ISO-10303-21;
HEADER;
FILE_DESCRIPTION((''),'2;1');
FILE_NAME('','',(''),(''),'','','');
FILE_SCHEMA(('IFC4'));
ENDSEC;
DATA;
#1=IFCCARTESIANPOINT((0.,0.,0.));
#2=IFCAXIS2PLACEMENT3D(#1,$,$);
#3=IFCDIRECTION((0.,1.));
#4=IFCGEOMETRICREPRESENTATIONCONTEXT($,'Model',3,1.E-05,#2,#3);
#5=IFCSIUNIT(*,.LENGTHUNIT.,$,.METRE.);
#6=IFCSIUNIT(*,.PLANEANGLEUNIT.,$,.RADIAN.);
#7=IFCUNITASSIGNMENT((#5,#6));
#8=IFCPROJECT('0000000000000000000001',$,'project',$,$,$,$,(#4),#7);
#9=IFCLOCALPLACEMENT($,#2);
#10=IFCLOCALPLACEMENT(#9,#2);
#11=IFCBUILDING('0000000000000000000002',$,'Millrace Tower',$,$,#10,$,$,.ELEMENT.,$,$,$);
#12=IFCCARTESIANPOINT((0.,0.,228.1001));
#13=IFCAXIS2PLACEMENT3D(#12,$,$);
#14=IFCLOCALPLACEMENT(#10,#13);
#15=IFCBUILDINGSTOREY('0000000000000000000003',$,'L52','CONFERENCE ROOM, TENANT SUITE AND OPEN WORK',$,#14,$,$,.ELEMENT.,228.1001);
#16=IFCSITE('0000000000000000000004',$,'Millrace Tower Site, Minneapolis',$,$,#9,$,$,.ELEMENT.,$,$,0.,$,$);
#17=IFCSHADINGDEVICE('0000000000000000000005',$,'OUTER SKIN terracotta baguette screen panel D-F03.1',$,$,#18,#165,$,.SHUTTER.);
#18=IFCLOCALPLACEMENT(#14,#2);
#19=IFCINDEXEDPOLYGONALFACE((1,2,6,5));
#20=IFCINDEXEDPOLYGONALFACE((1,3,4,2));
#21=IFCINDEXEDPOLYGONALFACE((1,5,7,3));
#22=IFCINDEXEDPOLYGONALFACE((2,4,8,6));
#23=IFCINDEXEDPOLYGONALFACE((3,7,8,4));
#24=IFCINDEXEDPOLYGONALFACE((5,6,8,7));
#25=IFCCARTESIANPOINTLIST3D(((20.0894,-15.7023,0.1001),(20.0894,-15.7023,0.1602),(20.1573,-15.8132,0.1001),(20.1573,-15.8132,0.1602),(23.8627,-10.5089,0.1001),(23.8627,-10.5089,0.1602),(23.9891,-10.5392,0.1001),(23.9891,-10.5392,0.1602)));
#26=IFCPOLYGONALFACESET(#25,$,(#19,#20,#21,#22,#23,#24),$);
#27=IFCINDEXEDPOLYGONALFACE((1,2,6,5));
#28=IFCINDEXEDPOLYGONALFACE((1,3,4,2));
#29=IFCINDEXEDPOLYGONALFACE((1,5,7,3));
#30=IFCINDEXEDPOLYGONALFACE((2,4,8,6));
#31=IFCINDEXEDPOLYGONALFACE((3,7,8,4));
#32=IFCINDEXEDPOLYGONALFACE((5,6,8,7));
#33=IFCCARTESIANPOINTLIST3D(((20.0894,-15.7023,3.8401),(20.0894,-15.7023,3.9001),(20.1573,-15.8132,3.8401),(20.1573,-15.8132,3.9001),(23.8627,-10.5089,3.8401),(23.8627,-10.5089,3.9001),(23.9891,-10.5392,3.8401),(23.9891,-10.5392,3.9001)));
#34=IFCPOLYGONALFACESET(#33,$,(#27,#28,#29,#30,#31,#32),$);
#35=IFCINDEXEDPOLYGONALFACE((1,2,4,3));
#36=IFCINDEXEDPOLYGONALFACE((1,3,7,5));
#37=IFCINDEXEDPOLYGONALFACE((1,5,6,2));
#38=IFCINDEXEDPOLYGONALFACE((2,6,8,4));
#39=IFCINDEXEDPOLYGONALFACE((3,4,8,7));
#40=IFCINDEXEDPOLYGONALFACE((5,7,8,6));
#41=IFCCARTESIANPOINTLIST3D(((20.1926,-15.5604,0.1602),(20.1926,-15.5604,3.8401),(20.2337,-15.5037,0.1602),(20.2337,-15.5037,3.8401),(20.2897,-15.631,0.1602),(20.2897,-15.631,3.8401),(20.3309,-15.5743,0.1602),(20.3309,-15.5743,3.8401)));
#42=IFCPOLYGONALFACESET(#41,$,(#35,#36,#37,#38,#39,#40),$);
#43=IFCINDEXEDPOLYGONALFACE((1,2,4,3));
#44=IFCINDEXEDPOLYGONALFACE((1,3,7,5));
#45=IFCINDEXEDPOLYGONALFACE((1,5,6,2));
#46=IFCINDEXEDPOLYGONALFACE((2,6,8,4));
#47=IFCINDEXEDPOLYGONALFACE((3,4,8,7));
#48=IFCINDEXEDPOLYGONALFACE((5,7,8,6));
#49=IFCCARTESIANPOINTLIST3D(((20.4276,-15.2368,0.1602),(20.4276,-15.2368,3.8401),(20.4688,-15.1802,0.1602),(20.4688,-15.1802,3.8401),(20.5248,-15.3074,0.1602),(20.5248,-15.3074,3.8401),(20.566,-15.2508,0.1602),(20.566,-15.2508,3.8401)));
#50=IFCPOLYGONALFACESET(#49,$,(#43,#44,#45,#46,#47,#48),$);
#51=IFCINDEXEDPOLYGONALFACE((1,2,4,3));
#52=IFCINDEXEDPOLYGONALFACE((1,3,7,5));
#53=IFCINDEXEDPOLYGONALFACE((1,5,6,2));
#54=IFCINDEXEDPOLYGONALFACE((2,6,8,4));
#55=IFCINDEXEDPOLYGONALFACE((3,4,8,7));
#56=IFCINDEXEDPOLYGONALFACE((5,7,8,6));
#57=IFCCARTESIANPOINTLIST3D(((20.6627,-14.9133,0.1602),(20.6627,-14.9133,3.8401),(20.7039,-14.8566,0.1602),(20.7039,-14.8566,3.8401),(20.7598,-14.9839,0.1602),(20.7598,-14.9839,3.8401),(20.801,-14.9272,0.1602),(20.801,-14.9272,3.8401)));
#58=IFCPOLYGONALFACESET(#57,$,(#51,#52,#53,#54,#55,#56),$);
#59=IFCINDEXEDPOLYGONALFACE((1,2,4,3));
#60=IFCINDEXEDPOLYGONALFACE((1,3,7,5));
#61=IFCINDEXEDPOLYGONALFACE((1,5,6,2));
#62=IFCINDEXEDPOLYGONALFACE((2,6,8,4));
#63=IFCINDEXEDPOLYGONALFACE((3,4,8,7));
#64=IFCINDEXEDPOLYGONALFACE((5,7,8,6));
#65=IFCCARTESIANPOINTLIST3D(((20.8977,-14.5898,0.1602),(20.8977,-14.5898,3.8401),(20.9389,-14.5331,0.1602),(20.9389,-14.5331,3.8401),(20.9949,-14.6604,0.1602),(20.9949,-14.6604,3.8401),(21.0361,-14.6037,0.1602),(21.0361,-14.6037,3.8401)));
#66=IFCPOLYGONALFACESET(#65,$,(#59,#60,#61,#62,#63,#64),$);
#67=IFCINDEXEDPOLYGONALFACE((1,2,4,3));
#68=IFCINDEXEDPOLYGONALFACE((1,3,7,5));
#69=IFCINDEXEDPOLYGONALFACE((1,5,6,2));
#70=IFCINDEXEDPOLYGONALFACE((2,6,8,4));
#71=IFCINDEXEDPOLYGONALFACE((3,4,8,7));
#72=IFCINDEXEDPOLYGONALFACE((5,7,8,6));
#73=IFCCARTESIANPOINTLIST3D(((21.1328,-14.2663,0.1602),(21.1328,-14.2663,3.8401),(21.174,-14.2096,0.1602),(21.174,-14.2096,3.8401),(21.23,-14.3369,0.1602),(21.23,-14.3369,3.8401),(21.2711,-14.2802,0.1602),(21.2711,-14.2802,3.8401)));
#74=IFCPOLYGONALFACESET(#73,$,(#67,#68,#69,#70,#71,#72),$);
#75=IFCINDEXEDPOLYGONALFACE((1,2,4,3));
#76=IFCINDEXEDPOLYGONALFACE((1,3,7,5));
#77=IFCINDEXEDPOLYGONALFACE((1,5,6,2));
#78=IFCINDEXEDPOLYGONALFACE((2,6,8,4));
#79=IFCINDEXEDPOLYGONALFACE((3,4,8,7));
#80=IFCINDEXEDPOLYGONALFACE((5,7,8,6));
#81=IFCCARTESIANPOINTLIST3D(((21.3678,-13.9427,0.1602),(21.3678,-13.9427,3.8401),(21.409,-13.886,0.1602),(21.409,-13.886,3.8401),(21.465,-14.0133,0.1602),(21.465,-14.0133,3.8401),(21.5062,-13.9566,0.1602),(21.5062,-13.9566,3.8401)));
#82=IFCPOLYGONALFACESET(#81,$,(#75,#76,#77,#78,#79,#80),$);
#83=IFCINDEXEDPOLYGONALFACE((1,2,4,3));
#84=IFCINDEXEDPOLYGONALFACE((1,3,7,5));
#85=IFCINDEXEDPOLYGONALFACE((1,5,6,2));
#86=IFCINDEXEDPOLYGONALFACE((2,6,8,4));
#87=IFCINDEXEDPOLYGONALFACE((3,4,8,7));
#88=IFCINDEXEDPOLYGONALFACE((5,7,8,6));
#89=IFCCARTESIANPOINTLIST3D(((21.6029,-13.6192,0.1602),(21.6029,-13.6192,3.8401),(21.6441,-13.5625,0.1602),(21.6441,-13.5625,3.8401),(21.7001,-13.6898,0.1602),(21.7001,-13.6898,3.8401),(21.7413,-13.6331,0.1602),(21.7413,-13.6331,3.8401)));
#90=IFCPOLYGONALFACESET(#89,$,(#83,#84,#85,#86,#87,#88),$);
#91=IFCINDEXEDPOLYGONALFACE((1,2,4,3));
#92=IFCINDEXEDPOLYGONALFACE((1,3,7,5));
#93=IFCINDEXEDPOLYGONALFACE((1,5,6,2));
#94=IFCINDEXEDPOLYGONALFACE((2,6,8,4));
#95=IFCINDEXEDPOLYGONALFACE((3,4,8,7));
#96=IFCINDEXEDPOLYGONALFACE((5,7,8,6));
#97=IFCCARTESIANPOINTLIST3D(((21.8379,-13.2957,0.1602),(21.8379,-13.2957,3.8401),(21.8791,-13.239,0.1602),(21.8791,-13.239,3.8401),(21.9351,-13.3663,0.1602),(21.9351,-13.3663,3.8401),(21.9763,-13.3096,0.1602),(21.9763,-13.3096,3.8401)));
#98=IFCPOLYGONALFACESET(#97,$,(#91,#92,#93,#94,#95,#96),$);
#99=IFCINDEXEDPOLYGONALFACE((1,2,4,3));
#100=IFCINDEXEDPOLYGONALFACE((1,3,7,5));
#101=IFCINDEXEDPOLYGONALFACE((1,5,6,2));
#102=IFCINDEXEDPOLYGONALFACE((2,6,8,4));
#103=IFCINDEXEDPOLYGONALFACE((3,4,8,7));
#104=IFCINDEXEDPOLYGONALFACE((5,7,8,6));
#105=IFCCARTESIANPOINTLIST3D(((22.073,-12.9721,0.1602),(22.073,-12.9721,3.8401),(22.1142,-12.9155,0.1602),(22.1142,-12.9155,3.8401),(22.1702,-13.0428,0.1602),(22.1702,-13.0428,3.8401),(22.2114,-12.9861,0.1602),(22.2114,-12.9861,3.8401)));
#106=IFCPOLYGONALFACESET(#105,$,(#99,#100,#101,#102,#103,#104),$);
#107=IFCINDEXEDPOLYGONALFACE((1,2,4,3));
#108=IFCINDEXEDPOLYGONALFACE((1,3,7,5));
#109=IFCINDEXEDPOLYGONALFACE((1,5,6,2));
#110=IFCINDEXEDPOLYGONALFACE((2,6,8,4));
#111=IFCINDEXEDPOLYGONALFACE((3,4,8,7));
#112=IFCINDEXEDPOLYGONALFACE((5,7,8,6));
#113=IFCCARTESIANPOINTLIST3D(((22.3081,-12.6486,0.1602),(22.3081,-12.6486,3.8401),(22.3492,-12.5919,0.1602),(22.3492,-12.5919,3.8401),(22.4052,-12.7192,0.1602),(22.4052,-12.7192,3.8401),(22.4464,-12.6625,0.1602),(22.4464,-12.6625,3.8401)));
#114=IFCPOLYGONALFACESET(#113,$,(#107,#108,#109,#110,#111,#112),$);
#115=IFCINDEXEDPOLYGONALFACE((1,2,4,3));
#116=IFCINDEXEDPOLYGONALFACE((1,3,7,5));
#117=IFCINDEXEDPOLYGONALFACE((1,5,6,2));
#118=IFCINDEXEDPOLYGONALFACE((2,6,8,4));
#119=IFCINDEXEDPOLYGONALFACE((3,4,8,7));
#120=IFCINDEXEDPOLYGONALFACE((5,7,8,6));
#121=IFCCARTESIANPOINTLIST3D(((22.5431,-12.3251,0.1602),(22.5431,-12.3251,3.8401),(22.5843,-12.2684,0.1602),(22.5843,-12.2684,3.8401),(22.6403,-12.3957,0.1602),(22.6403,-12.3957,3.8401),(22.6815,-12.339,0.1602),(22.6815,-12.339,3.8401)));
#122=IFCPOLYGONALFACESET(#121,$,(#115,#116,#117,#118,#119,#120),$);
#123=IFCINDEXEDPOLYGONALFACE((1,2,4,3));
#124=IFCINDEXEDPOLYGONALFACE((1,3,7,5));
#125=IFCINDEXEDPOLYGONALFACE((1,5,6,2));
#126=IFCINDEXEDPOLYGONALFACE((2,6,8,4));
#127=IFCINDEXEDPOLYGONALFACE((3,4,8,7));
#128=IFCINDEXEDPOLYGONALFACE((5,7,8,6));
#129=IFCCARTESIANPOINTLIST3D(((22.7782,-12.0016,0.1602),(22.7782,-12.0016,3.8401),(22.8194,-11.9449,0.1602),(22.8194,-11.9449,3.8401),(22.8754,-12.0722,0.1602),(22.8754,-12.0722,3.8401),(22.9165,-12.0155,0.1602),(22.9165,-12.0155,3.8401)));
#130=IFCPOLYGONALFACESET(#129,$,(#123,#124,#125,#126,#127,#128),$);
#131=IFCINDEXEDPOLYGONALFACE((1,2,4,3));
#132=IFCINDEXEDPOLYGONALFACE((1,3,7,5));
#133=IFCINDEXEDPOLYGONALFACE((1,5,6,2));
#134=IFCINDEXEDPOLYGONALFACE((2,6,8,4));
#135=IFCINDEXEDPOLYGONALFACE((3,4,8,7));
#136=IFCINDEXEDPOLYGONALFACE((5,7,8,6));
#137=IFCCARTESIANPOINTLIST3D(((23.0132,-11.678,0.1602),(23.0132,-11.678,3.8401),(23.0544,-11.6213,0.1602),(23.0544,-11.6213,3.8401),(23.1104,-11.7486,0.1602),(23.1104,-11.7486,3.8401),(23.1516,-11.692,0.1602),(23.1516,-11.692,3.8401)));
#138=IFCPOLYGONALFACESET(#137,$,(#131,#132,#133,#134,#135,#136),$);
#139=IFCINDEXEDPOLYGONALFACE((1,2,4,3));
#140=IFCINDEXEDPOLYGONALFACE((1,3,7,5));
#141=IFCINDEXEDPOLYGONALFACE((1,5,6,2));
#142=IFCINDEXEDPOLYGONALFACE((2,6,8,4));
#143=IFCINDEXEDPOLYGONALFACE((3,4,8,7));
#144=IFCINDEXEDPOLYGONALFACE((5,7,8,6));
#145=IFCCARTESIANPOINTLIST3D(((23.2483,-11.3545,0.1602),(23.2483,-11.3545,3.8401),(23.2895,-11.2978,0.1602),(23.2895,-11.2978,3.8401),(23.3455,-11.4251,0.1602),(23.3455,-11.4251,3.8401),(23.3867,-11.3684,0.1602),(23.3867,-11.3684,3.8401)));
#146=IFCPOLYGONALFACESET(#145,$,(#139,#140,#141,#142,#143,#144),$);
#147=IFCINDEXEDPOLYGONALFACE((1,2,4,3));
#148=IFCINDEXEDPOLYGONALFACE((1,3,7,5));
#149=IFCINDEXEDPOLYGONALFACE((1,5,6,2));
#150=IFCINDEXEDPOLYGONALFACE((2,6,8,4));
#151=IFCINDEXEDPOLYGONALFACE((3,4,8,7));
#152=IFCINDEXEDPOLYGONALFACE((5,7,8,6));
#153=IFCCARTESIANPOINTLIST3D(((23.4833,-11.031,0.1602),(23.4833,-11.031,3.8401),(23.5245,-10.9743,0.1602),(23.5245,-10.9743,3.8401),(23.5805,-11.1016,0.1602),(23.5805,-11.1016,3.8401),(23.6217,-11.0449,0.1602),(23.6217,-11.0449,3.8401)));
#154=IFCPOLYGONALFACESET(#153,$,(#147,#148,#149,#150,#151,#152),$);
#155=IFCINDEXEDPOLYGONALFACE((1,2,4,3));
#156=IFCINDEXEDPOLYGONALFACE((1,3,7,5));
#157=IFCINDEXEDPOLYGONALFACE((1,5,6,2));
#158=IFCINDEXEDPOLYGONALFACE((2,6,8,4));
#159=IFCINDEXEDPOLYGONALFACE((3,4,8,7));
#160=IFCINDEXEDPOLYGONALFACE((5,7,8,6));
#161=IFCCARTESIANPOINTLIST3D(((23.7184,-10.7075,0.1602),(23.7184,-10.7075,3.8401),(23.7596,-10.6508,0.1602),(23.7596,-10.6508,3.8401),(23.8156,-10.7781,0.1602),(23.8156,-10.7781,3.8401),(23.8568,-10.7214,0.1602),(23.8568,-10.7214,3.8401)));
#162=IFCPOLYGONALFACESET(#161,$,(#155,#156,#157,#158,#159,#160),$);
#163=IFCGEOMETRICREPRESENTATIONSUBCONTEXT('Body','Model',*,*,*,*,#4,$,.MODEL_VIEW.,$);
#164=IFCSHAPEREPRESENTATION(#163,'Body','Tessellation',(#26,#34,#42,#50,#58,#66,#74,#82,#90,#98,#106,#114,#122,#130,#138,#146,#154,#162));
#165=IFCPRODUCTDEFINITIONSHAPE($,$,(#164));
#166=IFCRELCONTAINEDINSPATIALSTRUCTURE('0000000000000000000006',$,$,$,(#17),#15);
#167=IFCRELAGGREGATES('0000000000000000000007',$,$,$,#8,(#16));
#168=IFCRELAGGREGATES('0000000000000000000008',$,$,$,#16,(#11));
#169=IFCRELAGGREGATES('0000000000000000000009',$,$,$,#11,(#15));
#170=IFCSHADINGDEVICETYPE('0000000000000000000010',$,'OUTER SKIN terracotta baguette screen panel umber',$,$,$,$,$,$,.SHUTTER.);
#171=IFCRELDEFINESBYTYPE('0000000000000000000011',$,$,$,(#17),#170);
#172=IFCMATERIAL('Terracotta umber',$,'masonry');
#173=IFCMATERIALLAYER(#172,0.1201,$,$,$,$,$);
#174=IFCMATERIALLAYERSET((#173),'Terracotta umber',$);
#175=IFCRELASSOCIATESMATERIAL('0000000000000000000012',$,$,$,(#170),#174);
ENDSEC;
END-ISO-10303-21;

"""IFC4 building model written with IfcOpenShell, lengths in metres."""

from ifc_helpers import new_model, entity, si_unit, direction, frame, frame_2d, origin, place, context, subcontext, project, spatial, rectangle, extrude, source, transform, mapped, material, layer, layer_set, type_object, element, save


model = new_model("IFC4")

# Units and contexts
model_context = context("Model", 3, precision=1e-05, world=origin(), true_north=direction((0.0, 1.0)))
body_context = subcontext(model_context, "Body", "Model", "MODEL_VIEW")
ifc_project = project(units=[si_unit("LENGTHUNIT", "METRE"), si_unit("PLANEANGLEUNIT", "RADIAN")], contexts=[model_context])

# Site, building, storey
site_placement = place(None, origin())
site = spatial("IfcSite", under=ifc_project, at=site_placement, Name="Millrace Tower Site, Minneapolis", CompositionType="ELEMENT", RefElevation=0.0)
building_placement = place(site_placement, origin())
building = spatial("IfcBuilding", under=site, at=building_placement, Name="Millrace Tower", CompositionType="ELEMENT")
storey_placement = place(building_placement, frame((0.0, 0.0, 228.1001)))
storey = spatial("IfcBuildingStorey", under=building, at=storey_placement, Name="L52", Description="CONFERENCE ROOM, TENANT SUITE AND OPEN WORK", CompositionType="ELEMENT", Elevation=228.1001)

# Shading device
ifc_material_1 = material(Name="Terracotta umber", Category="masonry")
ifc_layer_1 = layer(ifc_material_1, 0.1201)
ifc_layer_set_1 = layer_set([ifc_layer_1], Name="Terracotta umber")
shading_device_type = type_object("IfcShadingDeviceType", Name="OUTER SKIN terracotta baguette screen panel umber", PredefinedType="SHUTTER", material=ifc_layer_set_1)
cartesian_point_1 = entity("IfcCartesianPoint", [-3.2097, 0.0601])
shared_polyline_1 = entity("IfcPolyline", [cartesian_point_1, entity("IfcCartesianPoint", [3.2097, 0.0601]), entity("IfcCartesianPoint", [3.2595, -0.0601]), entity("IfcCartesianPoint", [-3.2595, -0.0601]), cartesian_point_1])
shared_shape_1 = source(origin(), body_context, "Body", "SweptSolid", [
    entity("IfcExtrudedAreaSolid", entity("IfcArbitraryClosedProfileDef", "AREA", None, shared_polyline_1), entity("IfcAxis2Placement3D", entity("IfcCartesianPoint", [0.0, 0.0, 0.0])), entity("IfcDirection", [0.0, 0.0, 1.0]), 0.0601),
    entity("IfcExtrudedAreaSolid", entity("IfcArbitraryClosedProfileDef", "AREA", None, shared_polyline_1), entity("IfcAxis2Placement3D", entity("IfcCartesianPoint", [0.0, 0.0, 3.74])), entity("IfcDirection", [0.0, 0.0, 1.0]), 0.0601),
    extrude(rectangle(XDim=0.0701, YDim=0.1201, at=frame_2d((-2.9993, 0.0))), frame((0.0, 0.0, 0.0601)), (0.0, 0.0, 1.0), 3.6799),
    extrude(rectangle(XDim=0.0701, YDim=0.1201, at=frame_2d((-2.5994, 0.0))), frame((0.0, 0.0, 0.0601)), (0.0, 0.0, 1.0), 3.6799),
    extrude(rectangle(XDim=0.0701, YDim=0.1201, at=frame_2d((-2.1995, 0.0))), frame((0.0, 0.0, 0.0601)), (0.0, 0.0, 1.0), 3.6799),
    extrude(rectangle(XDim=0.0701, YDim=0.1201, at=frame_2d((-1.7996, 0.0))), frame((0.0, 0.0, 0.0601)), (0.0, 0.0, 1.0), 3.6799),
    extrude(rectangle(XDim=0.0701, YDim=0.1201, at=frame_2d((-1.3997, 0.0))), frame((0.0, 0.0, 0.0601)), (0.0, 0.0, 1.0), 3.6799),
    extrude(rectangle(XDim=0.0701, YDim=0.1201, at=frame_2d((-0.9998, 0.0))), frame((0.0, 0.0, 0.0601)), (0.0, 0.0, 1.0), 3.6799),
    extrude(rectangle(XDim=0.0701, YDim=0.1201, at=frame_2d((-0.5999, 0.0))), frame((0.0, 0.0, 0.0601)), (0.0, 0.0, 1.0), 3.6799),
    extrude(rectangle(XDim=0.0701, YDim=0.1201, at=frame_2d((-0.2, 0.0))), frame((0.0, 0.0, 0.0601)), (0.0, 0.0, 1.0), 3.6799),
    extrude(rectangle(XDim=0.0701, YDim=0.1201, at=frame_2d((0.2, 0.0))), frame((0.0, 0.0, 0.0601)), (0.0, 0.0, 1.0), 3.6799),
    extrude(rectangle(XDim=0.0701, YDim=0.1201, at=frame_2d((0.5999, 0.0))), frame((0.0, 0.0, 0.0601)), (0.0, 0.0, 1.0), 3.6799),
    extrude(rectangle(XDim=0.0701, YDim=0.1201, at=frame_2d((0.9998, 0.0))), frame((0.0, 0.0, 0.0601)), (0.0, 0.0, 1.0), 3.6799),
    extrude(rectangle(XDim=0.0701, YDim=0.1201, at=frame_2d((1.3997, 0.0))), frame((0.0, 0.0, 0.0601)), (0.0, 0.0, 1.0), 3.6799),
    extrude(rectangle(XDim=0.0701, YDim=0.1201, at=frame_2d((1.7996, 0.0))), frame((0.0, 0.0, 0.0601)), (0.0, 0.0, 1.0), 3.6799),
    extrude(rectangle(XDim=0.0701, YDim=0.1201, at=frame_2d((2.1995, 0.0))), frame((0.0, 0.0, 0.0601)), (0.0, 0.0, 1.0), 3.6799),
    extrude(rectangle(XDim=0.0701, YDim=0.1201, at=frame_2d((2.5994, 0.0))), frame((0.0, 0.0, 0.0601)), (0.0, 0.0, 1.0), 3.6799),
    extrude(rectangle(XDim=0.0701, YDim=0.1201, at=frame_2d((2.9993, 0.0))), frame((0.0, 0.0, 0.0601)), (0.0, 0.0, 1.0), 3.6799),
])
shading_device_1_placement = place(storey_placement, frame((22.0247, -13.1409, 0.1001), z_axis=(0.0, 0.0, 1.0), x_axis=(0.587785, 0.809017, 0.0)))
element("IfcShadingDevice", 1, at=shading_device_1_placement, inside=storey, type_object=shading_device_type, Name="OUTER SKIN terracotta baguette screen panel D-F03.1", PredefinedType="SHUTTER", context=body_context, shape_type="MappedRepresentation", body=[
    mapped(shared_shape_1, transform((0.0, 0.0, 0.0), scale=1.0)),
])

save(model, "model.ifc")
